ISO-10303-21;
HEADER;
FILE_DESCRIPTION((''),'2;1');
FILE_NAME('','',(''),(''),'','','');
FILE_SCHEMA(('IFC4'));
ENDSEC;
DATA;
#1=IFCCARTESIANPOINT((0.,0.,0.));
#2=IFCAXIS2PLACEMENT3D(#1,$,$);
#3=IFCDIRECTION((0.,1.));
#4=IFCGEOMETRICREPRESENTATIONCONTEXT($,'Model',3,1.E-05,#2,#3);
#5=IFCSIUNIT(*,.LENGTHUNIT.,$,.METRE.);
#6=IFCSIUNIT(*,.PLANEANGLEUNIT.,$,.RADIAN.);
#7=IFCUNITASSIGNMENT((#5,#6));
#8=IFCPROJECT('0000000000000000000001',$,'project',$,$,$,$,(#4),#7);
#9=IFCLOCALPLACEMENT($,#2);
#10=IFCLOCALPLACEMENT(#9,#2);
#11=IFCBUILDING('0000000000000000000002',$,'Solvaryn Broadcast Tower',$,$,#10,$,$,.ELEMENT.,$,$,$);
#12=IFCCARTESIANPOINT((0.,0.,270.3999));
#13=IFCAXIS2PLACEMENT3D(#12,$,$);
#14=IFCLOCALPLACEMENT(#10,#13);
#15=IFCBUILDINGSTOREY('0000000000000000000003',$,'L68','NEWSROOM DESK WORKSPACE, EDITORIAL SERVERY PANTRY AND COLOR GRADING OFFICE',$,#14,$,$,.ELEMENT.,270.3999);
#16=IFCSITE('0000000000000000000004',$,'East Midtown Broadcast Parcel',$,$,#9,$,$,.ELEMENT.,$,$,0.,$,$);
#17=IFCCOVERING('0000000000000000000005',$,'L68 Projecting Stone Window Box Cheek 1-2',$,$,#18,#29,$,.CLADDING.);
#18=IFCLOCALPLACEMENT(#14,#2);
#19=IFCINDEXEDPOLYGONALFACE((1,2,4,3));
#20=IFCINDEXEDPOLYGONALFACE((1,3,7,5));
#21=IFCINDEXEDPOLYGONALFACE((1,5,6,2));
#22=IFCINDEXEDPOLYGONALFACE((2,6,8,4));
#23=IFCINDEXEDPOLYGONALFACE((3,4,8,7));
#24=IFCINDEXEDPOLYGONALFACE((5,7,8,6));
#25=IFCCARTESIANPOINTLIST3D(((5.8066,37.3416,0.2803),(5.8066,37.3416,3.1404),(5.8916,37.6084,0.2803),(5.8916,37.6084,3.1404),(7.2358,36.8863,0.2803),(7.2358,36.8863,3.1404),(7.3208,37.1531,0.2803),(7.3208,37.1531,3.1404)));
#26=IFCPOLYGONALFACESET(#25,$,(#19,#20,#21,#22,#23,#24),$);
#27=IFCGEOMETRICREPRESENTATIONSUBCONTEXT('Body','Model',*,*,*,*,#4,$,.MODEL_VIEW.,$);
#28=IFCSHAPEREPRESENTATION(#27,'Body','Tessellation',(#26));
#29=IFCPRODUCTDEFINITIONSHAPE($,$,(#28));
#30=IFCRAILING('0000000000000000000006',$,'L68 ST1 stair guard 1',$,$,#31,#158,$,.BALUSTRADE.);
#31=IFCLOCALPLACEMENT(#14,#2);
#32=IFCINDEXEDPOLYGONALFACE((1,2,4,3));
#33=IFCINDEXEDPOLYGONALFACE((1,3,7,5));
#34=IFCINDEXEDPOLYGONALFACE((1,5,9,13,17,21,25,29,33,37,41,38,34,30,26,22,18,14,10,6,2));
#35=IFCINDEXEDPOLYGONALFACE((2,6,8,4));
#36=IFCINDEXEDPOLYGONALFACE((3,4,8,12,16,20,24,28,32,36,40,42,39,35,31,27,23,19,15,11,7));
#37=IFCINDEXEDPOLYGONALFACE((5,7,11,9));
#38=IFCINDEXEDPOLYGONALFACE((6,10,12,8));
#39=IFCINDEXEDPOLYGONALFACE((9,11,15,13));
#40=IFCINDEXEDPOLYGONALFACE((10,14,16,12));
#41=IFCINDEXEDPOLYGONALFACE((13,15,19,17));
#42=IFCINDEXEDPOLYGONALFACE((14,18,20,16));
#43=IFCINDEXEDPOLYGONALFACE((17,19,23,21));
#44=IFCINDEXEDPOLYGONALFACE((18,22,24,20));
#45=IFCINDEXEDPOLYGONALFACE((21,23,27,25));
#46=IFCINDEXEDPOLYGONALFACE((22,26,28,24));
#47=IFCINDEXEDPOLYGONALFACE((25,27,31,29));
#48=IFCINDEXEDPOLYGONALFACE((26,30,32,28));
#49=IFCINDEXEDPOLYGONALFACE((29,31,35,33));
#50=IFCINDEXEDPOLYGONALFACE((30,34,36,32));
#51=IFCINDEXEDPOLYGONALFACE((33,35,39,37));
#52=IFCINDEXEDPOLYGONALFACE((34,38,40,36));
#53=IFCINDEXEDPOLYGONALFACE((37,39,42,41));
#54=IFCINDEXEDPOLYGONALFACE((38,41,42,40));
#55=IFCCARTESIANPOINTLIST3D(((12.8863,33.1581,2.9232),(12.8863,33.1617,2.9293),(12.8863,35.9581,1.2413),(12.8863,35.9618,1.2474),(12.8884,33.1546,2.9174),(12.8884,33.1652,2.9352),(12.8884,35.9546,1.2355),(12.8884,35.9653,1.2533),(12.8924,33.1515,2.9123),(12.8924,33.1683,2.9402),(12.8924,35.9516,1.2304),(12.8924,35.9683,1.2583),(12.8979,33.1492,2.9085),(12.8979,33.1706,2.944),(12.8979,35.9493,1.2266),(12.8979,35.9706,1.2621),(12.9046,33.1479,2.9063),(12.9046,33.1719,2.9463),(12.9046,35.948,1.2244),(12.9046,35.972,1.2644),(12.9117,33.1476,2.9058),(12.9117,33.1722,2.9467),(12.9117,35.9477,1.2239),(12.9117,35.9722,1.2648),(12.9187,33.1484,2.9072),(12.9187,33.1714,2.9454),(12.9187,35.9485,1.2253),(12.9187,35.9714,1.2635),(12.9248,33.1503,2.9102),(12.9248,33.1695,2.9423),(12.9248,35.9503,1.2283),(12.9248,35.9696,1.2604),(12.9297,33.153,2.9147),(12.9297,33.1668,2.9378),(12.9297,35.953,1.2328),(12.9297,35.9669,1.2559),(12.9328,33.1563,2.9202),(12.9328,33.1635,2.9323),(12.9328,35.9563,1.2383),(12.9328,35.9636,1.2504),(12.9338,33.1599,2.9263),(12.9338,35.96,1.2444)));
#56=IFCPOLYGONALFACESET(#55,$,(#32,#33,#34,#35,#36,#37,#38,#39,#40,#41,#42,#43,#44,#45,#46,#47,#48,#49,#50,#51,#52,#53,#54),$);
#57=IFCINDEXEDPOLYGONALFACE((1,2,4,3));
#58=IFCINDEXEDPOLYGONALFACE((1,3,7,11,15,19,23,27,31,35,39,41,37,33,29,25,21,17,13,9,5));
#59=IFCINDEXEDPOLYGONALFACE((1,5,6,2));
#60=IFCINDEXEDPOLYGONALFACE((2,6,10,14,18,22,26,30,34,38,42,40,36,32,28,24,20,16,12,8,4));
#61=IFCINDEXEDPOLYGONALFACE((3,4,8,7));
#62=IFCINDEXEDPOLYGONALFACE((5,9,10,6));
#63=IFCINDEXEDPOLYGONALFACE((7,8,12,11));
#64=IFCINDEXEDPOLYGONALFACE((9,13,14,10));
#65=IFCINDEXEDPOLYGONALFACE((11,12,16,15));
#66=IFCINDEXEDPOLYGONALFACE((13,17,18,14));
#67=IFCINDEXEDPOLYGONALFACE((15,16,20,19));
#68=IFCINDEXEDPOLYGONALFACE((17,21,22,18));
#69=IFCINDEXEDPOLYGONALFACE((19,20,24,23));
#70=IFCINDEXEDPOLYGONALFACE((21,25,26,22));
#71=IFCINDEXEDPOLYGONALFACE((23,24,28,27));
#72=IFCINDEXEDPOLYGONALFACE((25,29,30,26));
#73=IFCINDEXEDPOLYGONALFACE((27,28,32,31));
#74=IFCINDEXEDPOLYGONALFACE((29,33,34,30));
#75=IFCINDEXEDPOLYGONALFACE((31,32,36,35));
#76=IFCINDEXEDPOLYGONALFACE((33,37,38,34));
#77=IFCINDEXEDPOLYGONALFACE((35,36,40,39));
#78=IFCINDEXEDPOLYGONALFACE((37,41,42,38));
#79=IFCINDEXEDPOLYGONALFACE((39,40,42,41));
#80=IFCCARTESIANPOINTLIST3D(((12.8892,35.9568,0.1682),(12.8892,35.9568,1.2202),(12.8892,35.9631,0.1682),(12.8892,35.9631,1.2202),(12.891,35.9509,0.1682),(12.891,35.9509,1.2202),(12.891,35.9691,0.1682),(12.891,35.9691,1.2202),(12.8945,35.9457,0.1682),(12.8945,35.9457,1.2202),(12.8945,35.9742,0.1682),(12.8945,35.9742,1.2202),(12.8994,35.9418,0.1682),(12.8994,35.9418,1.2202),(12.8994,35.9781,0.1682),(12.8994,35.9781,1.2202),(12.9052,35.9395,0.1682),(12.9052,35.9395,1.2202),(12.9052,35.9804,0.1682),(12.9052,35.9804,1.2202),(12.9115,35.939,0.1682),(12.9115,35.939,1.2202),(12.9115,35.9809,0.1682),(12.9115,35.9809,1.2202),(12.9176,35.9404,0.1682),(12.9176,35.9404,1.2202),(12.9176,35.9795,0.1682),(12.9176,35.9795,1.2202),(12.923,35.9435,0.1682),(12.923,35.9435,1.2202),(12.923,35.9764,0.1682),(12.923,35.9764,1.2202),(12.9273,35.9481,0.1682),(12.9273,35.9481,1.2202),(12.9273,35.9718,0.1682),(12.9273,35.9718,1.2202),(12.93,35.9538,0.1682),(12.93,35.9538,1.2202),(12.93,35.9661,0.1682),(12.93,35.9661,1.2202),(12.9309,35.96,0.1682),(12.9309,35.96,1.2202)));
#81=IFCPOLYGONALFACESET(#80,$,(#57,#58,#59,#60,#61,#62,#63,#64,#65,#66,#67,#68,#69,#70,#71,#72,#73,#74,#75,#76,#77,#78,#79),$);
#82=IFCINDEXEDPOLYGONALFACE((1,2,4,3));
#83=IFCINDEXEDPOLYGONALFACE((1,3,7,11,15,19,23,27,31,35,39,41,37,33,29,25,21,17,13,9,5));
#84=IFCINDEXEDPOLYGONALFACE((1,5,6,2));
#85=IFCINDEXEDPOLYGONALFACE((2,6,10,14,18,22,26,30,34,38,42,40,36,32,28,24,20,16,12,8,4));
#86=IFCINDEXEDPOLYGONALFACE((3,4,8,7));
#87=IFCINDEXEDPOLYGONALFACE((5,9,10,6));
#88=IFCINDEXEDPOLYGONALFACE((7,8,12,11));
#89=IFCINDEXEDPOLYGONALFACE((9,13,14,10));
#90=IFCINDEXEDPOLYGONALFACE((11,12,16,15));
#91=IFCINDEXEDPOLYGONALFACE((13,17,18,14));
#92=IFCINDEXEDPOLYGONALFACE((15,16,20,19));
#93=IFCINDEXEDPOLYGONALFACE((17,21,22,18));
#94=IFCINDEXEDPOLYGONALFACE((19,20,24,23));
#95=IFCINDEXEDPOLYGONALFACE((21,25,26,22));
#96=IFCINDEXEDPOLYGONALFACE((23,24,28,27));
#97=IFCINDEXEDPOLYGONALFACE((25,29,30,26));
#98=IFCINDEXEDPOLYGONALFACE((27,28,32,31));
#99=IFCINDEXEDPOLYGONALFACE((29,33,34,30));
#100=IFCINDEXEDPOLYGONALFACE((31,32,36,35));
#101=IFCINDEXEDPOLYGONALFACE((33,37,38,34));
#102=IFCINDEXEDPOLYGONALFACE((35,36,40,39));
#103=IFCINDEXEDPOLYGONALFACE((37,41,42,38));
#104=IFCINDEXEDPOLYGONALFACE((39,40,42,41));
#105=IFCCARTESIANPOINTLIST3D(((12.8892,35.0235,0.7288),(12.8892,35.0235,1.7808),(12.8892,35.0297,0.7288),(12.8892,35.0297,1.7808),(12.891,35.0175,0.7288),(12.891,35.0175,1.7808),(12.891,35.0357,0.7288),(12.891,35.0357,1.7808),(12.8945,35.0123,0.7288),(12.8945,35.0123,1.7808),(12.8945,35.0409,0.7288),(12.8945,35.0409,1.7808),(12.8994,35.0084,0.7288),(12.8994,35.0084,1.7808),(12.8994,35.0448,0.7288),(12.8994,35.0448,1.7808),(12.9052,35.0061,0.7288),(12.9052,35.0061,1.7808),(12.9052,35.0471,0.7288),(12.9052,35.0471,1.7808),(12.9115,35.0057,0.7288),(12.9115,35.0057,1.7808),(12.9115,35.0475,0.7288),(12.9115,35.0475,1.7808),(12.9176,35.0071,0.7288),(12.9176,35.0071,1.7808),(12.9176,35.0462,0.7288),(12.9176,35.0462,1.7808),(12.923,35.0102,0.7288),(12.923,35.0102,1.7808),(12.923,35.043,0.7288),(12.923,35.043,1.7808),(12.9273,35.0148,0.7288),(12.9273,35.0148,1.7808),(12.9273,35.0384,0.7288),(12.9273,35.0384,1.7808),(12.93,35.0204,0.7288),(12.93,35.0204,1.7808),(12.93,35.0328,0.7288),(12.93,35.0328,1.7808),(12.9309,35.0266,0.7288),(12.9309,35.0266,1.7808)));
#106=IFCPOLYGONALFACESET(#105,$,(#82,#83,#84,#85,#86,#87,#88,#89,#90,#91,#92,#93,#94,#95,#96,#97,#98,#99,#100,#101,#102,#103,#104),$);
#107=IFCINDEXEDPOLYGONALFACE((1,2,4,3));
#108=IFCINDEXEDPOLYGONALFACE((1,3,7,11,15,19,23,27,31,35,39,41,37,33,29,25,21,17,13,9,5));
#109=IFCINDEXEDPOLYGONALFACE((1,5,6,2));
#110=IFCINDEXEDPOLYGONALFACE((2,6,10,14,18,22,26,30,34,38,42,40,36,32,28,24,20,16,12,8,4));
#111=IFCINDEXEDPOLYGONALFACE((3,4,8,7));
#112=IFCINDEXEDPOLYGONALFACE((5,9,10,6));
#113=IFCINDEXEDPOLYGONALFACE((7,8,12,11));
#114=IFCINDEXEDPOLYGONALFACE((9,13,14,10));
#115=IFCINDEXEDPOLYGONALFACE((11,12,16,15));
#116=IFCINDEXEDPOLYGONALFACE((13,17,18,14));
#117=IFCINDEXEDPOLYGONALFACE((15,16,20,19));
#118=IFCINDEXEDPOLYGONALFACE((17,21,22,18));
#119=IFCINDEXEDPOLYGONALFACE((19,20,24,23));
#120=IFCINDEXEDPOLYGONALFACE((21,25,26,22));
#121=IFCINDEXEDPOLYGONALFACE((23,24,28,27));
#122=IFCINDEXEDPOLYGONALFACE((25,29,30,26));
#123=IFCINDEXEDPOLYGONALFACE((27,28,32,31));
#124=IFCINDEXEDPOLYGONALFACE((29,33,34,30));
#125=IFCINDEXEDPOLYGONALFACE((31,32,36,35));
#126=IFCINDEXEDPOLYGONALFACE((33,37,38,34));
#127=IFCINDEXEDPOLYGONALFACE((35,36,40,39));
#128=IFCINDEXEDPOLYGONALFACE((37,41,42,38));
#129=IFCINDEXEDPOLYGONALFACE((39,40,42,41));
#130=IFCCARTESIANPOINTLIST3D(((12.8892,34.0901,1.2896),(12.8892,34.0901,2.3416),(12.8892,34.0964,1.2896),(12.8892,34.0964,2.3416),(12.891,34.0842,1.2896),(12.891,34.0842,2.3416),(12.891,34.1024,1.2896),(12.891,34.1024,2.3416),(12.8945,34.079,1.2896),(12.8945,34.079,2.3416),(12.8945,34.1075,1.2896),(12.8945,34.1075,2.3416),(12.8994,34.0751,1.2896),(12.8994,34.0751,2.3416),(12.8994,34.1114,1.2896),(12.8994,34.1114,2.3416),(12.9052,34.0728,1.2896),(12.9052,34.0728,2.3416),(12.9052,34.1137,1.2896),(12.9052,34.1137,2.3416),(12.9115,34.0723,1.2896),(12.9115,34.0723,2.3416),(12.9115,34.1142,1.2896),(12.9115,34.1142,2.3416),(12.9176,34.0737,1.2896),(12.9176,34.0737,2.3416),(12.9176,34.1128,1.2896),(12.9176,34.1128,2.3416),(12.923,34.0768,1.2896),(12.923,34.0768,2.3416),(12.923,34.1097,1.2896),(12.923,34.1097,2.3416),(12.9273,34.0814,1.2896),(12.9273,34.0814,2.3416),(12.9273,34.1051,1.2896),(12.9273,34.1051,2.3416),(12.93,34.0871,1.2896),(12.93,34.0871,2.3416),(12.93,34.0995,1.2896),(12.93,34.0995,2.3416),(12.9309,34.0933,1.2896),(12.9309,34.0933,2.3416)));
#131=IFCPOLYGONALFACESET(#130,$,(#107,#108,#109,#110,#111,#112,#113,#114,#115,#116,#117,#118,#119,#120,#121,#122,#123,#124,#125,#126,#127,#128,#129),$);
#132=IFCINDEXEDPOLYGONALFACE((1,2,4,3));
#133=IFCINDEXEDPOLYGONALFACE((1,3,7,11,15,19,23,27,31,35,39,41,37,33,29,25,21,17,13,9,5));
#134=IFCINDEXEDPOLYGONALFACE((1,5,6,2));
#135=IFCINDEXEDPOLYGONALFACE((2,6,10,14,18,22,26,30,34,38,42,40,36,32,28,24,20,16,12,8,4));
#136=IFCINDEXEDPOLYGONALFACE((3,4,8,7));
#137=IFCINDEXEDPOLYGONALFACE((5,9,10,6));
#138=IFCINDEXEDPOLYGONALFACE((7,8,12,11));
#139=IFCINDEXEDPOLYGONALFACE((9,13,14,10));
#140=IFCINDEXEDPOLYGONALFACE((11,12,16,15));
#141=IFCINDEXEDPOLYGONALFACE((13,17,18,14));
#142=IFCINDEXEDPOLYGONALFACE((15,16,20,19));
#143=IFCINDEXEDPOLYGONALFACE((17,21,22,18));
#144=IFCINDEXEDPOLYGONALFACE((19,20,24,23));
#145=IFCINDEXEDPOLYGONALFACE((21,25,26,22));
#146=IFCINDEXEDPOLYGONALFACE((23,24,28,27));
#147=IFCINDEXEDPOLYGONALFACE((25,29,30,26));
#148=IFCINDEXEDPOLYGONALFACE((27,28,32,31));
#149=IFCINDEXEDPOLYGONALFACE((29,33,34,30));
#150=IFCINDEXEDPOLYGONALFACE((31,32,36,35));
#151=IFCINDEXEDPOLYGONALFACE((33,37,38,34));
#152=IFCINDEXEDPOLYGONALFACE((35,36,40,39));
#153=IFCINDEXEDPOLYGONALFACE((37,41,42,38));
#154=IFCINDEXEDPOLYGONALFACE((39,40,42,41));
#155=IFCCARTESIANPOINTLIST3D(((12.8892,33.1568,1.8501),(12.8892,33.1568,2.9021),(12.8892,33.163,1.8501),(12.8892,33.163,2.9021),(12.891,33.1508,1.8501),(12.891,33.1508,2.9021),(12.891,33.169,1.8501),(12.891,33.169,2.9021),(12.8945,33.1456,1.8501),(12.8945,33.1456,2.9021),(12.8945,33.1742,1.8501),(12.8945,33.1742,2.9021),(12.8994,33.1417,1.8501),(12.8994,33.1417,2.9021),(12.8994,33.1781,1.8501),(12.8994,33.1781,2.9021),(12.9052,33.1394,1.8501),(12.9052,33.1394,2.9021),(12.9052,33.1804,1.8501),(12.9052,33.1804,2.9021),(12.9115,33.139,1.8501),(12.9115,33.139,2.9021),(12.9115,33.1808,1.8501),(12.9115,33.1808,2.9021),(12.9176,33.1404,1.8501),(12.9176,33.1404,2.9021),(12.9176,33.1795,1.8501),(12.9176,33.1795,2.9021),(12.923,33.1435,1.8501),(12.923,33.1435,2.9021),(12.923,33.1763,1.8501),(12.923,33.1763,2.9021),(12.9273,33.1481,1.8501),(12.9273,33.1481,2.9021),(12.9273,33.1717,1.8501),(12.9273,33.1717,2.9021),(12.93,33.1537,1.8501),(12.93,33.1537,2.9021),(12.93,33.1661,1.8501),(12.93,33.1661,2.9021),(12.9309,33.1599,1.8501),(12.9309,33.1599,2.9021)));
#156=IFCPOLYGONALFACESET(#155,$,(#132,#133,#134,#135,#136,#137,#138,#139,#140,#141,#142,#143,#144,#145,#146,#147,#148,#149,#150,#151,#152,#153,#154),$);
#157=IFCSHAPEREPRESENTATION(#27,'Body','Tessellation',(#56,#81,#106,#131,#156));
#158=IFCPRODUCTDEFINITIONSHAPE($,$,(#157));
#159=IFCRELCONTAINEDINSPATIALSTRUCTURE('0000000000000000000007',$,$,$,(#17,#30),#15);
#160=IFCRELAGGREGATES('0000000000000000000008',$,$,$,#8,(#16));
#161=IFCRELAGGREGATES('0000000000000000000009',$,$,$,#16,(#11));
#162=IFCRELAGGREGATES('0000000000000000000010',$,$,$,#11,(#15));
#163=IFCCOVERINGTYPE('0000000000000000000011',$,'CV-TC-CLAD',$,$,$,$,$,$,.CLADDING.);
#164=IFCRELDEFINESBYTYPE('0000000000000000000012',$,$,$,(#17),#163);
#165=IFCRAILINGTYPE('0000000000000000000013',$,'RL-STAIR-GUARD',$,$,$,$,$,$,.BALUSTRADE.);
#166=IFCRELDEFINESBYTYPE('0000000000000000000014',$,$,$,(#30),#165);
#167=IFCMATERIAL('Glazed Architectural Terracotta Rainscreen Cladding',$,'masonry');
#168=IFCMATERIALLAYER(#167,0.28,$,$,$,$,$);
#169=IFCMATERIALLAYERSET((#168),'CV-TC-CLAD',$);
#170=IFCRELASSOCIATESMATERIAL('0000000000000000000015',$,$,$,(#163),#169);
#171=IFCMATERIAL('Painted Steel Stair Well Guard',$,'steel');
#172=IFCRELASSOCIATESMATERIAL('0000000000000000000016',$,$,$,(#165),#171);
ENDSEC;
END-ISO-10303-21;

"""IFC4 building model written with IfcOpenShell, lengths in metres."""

from ifc_helpers import new_model, si_unit, direction, frame, origin, origin_2d, place, context, subcontext, project, spatial, rectangle, circle, extrude, material, layer, layer_set, type_object, element, save


model = new_model("IFC4")

# Units and contexts
model_context = context("Model", 3, precision=1e-05, world=origin(), true_north=direction((0.0, 1.0)))
body_context = subcontext(model_context, "Body", "Model", "MODEL_VIEW")
ifc_project = project(units=[si_unit("LENGTHUNIT", "METRE"), si_unit("PLANEANGLEUNIT", "RADIAN")], contexts=[model_context])

# Site, building, storey
site_placement = place(None, origin())
site = spatial("IfcSite", under=ifc_project, at=site_placement, Name="East Midtown Broadcast Parcel", CompositionType="ELEMENT", RefElevation=0.0)
building_placement = place(site_placement, origin())
building = spatial("IfcBuilding", under=site, at=building_placement, Name="Solvaryn Broadcast Tower", CompositionType="ELEMENT")
storey_placement = place(building_placement, frame((0.0, 0.0, 270.3999)))
storey = spatial("IfcBuildingStorey", under=building, at=storey_placement, Name="L68", Description="NEWSROOM DESK WORKSPACE, EDITORIAL SERVERY PANTRY AND COLOR GRADING OFFICE", CompositionType="ELEMENT", Elevation=270.3999)

# Covering
ifc_material_1 = material(Name="Glazed Architectural Terracotta Rainscreen Cladding", Category="masonry")
ifc_layer_1 = layer(ifc_material_1, 0.28)
ifc_layer_set_1 = layer_set([ifc_layer_1], Name="CV-TC-CLAD")
covering_type = type_object("IfcCoveringType", Name="CV-TC-CLAD", PredefinedType="CLADDING", material=ifc_layer_set_1)
covering_placement = place(storey_placement, frame((6.5637, 37.2473, 0.2803), z_axis=(0.0, 0.0, 1.0), x_axis=(-0.303534, -0.952821, 0.0)))
element("IfcCovering", 1, at=covering_placement, inside=storey, type_object=covering_type, Name="L68 Projecting Stone Window Box Cheek 1-2", PredefinedType="CLADDING", context=body_context, shape_type="SweptSolid", body=[
    extrude(rectangle(XDim=0.28, YDim=1.5, at=origin_2d()), origin(), (0.0, 0.0, 1.0), 2.8601),
])

# Railing
ifc_material_2 = material(Name="Painted Steel Stair Well Guard", Category="steel")
railing_type_1 = type_object("IfcRailingType", Name="RL-STAIR-GUARD", PredefinedType="BALUSTRADE", material=ifc_material_2)
railing_1_placement = place(storey_placement, frame((12.9099, 35.96, 0.1682)))
element("IfcRailing", 2, at=railing_1_placement, inside=storey, type_object=railing_type_1, Name="L68 ST1 stair guard 1", PredefinedType="BALUSTRADE", context=body_context, shape_type="SweptSolid", body=[
    extrude(circle(Radius=0.0239, at=origin_2d()), frame((0.0, 0.0, 1.0762), z_axis=(0.0, -0.857242, 0.514913), x_axis=(1.0, 0.0, 0.0)), (0.0, 0.0, 1.0), 3.2664),
    extrude(circle(Radius=0.021, at=origin_2d()), origin(), (0.0, 0.0, 1.0), 1.052),
    extrude(circle(Radius=0.021, at=origin_2d()), frame((0.0, -0.9333, 0.5605)), (0.0, 0.0, 1.0), 1.052),
    extrude(circle(Radius=0.021, at=origin_2d()), frame((0.0, -1.8667, 1.1213)), (0.0, 0.0, 1.0), 1.052),
    extrude(circle(Radius=0.021, at=origin_2d()), frame((0.0, -2.8, 1.6819)), (0.0, 0.0, 1.0), 1.052),
])

save(model, "model.ifc")
